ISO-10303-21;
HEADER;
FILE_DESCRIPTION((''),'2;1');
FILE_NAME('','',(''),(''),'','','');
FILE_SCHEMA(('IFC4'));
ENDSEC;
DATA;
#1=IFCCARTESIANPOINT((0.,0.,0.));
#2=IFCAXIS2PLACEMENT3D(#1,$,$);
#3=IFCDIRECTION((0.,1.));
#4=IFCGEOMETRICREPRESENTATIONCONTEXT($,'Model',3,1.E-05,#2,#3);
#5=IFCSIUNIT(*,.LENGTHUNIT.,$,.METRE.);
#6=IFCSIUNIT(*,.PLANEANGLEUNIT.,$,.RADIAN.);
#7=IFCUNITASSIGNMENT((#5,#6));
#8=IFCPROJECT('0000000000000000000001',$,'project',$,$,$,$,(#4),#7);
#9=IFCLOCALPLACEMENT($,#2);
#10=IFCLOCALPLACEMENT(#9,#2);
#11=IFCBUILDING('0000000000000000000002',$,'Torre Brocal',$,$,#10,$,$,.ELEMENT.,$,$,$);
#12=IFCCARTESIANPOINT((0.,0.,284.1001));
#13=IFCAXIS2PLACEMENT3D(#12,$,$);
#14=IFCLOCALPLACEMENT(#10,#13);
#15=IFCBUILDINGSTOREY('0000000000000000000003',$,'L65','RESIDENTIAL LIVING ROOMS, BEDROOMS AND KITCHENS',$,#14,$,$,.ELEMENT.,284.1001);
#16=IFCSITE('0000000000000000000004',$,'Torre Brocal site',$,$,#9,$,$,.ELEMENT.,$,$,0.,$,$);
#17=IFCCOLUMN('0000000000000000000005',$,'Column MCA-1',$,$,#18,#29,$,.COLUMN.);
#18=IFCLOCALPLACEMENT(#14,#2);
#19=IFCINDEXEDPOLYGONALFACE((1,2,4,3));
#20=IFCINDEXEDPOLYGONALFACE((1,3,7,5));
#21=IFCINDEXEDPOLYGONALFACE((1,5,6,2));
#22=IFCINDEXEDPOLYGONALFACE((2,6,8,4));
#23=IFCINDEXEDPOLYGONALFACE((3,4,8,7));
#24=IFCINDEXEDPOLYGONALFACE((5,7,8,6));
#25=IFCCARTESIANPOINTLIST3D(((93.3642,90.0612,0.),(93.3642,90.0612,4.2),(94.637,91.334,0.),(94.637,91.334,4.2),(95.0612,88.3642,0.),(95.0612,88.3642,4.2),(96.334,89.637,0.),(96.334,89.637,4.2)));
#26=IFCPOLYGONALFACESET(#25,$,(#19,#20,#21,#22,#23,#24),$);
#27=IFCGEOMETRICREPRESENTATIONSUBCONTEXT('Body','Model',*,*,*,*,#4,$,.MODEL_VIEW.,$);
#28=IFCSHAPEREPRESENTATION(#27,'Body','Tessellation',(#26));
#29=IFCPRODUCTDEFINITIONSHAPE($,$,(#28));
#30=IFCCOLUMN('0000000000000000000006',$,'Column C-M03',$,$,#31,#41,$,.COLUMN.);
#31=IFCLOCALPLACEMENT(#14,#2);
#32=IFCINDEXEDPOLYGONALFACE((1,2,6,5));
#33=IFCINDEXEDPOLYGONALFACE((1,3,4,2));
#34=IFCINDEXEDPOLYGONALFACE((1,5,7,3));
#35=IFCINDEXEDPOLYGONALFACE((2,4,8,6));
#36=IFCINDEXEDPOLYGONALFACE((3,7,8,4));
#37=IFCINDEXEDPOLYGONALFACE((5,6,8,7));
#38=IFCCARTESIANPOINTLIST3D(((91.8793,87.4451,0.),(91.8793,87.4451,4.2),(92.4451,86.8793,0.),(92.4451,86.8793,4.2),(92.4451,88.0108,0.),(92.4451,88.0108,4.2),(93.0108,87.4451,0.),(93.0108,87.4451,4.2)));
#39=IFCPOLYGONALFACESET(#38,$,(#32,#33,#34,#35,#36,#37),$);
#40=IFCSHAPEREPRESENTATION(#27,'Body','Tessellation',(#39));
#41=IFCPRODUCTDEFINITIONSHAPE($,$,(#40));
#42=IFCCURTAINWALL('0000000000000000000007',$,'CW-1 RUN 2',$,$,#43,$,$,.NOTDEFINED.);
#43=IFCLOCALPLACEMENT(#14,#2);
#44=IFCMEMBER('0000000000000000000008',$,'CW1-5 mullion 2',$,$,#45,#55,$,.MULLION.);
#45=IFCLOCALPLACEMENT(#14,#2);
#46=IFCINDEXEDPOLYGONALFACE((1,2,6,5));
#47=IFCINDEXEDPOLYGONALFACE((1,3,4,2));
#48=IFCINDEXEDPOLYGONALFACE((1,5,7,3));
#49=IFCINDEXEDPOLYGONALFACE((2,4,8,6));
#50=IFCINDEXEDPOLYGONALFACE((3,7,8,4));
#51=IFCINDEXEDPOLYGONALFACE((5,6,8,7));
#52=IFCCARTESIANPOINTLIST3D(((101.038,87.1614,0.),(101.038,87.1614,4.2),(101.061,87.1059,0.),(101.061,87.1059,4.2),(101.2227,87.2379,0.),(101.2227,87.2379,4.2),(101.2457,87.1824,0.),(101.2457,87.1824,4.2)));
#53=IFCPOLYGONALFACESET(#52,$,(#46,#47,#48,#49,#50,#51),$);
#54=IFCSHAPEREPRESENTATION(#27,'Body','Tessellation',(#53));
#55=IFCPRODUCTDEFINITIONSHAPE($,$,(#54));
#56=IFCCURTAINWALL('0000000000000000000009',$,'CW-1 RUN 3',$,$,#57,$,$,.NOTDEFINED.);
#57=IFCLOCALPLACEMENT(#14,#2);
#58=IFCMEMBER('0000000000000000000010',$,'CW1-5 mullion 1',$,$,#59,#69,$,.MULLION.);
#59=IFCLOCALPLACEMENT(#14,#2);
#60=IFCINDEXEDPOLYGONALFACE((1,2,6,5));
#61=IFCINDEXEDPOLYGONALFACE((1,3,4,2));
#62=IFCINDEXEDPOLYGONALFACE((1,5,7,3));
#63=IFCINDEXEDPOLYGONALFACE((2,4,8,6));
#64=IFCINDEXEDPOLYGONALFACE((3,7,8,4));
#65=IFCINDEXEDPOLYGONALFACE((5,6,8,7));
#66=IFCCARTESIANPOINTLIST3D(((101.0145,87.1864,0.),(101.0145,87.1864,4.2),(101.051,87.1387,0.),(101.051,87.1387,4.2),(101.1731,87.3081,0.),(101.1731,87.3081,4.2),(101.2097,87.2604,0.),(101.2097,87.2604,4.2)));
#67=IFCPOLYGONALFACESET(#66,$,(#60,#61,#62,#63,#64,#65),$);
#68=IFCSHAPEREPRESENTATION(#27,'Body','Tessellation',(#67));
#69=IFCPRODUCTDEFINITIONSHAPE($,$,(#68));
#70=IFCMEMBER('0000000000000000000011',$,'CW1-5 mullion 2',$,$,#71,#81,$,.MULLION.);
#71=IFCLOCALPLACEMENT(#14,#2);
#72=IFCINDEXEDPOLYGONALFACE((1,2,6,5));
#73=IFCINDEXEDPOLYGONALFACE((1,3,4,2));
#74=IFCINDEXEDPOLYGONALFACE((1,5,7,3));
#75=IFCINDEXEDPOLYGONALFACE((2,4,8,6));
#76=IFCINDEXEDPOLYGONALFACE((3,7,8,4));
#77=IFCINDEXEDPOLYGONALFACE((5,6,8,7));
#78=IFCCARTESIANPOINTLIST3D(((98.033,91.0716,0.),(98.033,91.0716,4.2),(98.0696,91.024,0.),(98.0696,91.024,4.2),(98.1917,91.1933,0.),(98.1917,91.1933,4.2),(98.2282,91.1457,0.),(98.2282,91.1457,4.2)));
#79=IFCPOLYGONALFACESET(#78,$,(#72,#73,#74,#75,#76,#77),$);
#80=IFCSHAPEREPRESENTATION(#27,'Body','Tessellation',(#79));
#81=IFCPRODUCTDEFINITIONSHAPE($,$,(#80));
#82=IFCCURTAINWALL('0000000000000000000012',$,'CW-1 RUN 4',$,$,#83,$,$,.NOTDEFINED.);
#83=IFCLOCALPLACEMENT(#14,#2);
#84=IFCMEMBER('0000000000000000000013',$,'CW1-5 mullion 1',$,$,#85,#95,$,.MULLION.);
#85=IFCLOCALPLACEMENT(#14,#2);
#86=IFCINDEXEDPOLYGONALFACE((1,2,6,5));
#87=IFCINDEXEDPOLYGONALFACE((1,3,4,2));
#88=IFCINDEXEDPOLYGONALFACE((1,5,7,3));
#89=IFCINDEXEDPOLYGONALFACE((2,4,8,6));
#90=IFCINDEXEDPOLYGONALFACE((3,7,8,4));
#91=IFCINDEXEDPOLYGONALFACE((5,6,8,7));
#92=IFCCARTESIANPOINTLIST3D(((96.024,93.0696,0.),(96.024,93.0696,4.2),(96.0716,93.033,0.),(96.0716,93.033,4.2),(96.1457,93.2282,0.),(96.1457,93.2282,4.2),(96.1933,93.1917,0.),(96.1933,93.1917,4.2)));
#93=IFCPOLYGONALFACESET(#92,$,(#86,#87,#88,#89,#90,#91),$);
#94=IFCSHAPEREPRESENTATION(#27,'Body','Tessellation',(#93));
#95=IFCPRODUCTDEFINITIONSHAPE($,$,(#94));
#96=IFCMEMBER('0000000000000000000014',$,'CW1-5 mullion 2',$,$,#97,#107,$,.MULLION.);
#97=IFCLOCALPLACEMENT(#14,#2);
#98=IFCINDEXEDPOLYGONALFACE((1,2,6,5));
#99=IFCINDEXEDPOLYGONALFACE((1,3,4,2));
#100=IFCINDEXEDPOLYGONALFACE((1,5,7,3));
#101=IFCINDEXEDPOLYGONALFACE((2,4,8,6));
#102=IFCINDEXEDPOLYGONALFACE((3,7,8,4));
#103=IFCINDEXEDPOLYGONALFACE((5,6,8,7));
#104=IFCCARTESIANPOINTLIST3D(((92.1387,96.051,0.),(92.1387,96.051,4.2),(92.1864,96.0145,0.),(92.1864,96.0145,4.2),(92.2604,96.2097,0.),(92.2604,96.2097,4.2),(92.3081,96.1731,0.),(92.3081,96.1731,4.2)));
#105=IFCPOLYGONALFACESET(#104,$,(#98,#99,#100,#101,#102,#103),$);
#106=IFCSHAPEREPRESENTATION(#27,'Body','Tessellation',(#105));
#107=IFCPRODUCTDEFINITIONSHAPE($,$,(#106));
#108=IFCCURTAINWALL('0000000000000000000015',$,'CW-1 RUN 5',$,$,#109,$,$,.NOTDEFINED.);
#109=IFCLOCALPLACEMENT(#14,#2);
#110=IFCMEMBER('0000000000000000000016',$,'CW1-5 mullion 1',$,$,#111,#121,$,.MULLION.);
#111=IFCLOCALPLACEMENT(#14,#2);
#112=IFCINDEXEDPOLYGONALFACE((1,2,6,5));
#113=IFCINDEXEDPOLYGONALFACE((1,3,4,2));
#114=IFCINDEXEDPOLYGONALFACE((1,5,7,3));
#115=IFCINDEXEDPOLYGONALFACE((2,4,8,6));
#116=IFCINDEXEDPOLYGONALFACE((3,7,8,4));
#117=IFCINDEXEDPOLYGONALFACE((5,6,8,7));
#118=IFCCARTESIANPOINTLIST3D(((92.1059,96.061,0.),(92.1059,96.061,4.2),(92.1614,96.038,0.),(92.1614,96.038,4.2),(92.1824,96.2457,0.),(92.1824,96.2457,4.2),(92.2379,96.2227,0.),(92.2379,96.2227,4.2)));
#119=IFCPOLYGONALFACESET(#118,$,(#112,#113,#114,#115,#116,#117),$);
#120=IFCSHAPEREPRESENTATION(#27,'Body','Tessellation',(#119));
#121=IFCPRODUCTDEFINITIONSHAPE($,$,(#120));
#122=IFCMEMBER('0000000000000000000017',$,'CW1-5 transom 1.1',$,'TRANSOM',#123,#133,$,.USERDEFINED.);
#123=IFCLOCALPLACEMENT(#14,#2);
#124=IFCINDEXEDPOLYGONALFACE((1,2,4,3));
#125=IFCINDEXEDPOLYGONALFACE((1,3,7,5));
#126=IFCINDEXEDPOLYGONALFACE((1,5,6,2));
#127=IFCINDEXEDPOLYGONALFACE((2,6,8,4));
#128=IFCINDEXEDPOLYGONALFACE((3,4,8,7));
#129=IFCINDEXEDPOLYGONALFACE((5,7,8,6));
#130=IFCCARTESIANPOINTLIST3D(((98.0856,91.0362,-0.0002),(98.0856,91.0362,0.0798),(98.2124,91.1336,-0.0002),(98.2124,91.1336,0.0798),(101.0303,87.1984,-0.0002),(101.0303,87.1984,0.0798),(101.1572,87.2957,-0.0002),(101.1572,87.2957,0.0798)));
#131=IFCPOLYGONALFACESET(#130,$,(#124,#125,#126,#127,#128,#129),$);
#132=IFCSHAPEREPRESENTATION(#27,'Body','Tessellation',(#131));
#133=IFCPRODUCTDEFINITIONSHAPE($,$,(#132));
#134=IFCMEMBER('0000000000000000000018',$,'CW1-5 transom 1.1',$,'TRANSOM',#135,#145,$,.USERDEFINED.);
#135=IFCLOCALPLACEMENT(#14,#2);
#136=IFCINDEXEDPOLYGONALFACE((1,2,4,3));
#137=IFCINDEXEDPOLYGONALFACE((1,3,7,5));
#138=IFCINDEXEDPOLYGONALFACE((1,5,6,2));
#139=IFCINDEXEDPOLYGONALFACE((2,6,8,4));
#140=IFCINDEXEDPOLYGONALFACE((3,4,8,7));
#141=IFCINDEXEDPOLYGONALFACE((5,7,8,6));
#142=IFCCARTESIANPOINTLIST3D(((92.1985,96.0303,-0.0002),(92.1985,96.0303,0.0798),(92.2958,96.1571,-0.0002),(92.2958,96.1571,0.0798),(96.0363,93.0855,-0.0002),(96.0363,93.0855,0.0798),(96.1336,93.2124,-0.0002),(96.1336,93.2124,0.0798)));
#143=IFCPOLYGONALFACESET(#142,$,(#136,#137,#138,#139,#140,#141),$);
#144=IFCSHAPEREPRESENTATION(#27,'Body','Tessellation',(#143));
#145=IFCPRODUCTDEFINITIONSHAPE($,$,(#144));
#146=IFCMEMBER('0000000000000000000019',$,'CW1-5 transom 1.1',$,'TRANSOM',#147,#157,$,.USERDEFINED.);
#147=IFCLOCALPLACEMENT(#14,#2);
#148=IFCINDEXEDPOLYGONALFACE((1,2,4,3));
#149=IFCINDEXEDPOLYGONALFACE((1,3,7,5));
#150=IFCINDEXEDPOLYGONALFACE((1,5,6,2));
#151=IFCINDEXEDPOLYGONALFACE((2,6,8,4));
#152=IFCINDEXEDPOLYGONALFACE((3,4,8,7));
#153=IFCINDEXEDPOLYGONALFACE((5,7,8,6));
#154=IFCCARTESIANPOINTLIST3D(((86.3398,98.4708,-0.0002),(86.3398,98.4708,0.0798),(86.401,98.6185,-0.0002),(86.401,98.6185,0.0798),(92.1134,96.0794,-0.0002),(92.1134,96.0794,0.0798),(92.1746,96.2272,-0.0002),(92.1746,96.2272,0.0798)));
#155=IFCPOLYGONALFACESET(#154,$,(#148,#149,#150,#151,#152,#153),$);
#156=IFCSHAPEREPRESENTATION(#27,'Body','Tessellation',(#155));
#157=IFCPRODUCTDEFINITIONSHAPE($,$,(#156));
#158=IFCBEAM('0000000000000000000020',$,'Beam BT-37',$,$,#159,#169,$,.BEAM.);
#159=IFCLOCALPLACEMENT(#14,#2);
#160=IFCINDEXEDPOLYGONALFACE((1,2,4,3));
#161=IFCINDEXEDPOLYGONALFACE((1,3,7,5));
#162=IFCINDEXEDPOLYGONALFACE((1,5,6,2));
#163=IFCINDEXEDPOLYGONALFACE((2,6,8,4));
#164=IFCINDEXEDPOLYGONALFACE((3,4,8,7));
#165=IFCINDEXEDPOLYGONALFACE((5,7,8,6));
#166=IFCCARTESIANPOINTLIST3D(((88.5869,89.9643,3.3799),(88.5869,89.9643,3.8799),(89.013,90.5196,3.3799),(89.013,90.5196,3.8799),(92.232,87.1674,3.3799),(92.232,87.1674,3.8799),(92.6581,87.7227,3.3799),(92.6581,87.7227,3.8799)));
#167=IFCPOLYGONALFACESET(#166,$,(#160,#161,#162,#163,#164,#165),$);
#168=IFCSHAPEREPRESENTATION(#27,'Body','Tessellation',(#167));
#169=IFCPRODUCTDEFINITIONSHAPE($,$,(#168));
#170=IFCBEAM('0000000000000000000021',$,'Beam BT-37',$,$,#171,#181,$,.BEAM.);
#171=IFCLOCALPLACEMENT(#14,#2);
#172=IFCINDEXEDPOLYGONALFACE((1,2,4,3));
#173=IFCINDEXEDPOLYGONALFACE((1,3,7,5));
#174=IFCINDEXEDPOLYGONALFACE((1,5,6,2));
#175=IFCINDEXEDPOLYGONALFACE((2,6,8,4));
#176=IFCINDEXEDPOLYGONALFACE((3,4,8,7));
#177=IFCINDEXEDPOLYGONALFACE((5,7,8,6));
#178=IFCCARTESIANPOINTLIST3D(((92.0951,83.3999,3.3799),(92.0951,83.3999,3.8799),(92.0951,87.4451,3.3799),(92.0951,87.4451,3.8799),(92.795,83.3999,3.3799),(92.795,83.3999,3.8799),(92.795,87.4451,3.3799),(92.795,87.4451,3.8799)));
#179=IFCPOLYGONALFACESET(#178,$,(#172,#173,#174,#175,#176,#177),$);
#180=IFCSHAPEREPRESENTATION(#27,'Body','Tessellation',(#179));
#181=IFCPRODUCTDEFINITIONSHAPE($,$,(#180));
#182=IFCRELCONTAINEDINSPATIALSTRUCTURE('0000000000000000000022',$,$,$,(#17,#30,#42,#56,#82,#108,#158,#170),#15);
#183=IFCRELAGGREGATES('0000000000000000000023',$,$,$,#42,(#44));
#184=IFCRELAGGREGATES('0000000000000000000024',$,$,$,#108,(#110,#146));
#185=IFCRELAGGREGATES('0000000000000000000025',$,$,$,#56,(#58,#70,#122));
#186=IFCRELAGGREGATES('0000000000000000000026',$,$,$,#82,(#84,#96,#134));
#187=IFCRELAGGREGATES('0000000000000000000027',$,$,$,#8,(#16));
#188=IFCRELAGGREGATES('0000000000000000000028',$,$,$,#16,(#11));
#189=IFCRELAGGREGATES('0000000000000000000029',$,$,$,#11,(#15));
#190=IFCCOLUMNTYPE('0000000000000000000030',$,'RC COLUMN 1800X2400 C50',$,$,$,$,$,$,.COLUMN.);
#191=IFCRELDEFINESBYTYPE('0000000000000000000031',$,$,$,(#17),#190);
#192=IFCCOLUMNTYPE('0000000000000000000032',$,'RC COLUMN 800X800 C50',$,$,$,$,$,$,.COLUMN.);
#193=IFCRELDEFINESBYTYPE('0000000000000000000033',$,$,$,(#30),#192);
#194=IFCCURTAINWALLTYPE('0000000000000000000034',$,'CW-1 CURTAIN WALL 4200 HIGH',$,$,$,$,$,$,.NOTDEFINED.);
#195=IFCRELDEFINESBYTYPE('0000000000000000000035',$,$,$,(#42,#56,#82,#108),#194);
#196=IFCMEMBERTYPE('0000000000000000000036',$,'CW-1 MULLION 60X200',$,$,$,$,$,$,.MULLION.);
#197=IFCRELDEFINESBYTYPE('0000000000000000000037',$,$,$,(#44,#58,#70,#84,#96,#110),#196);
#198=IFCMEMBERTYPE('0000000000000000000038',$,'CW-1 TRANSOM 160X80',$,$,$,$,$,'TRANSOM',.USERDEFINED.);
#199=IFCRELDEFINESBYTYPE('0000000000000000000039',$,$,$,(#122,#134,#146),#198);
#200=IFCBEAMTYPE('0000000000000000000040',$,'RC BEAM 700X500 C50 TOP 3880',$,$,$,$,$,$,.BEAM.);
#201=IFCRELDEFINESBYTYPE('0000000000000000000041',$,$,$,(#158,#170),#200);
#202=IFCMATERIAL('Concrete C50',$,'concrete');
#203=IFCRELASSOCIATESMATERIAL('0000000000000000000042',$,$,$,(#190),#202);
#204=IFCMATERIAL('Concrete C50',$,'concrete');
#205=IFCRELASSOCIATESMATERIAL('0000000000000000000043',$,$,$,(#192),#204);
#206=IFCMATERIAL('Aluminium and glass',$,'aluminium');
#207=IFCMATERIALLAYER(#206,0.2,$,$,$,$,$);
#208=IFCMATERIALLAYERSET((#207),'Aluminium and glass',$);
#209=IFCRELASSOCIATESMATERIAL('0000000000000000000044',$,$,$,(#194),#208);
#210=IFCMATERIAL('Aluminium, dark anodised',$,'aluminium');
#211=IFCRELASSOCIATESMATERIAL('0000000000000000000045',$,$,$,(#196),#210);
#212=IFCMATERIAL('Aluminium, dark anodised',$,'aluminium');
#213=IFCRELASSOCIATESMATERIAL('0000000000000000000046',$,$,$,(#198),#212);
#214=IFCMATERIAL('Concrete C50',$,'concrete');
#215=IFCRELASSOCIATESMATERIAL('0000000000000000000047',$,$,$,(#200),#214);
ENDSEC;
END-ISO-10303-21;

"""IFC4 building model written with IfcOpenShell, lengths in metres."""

from ifc_helpers import new_model, si_unit, direction, frame, origin, origin_2d, place, context, subcontext, project, spatial, rectangle, extrude, material, layer, layer_set, material_profile, profile_set, type_object, element, aggregate, save


model = new_model("IFC4")

# Units and contexts
model_context = context("Model", 3, precision=1e-05, world=origin(), true_north=direction((0.0, 1.0)))
body_context = subcontext(model_context, "Body", "Model", "MODEL_VIEW")
ifc_project = project(units=[si_unit("LENGTHUNIT", "METRE"), si_unit("PLANEANGLEUNIT", "RADIAN")], contexts=[model_context])

# Site, building, storey
site_placement = place(None, origin())
site = spatial("IfcSite", under=ifc_project, at=site_placement, Name="Torre Brocal site", CompositionType="ELEMENT", RefElevation=0.0)
building_placement = place(site_placement, origin())
building = spatial("IfcBuilding", under=site, at=building_placement, Name="Torre Brocal", CompositionType="ELEMENT")
storey_placement = place(building_placement, frame((0.0, 0.0, 284.1001)))
storey = spatial("IfcBuildingStorey", under=building, at=storey_placement, Name="L65", Description="RESIDENTIAL LIVING ROOMS, BEDROOMS AND KITCHENS", CompositionType="ELEMENT", Elevation=284.1001)

# Columns
ifc_material_1 = material(Name="Concrete C50", Category="concrete")
ifc_material_profile_1 = material_profile(ifc_material_1, rectangle(XDim=1.8, YDim=2.3999, at=origin_2d()), Name="RC 1800X2400")
ifc_profile_set_1 = profile_set([ifc_material_profile_1], Name="Concrete C50")
column_type_1 = type_object("IfcColumnType", Name="RC COLUMN 1800X2400 C50", PredefinedType="COLUMN", material=ifc_profile_set_1)
column_1_placement = place(storey_placement, frame((94.8491, 89.8491, 0.0), z_axis=(0.0, 0.0, 1.0), x_axis=(0.707107, 0.707107, 0.0)))
element("IfcColumn", 1, at=column_1_placement, inside=storey, type_object=column_type_1, Name="Column MCA-1", PredefinedType="COLUMN", context=body_context, shape_type="SweptSolid", body=[
    extrude(rectangle(XDim=1.8, YDim=2.3999, at=origin_2d()), origin(), (0.0, 0.0, 1.0), 4.2),
])
ifc_material_2 = material(Name="Concrete C50", Category="concrete")
ifc_material_profile_2 = material_profile(ifc_material_2, rectangle(XDim=0.8, YDim=0.8, at=origin_2d()), Name="RC 800X800")
ifc_profile_set_2 = profile_set([ifc_material_profile_2], Name="Concrete C50")
column_type_2 = type_object("IfcColumnType", Name="RC COLUMN 800X800 C50", PredefinedType="COLUMN", material=ifc_profile_set_2)
column_2_placement = place(storey_placement, frame((92.4451, 87.4451, 0.0), z_axis=(0.0, 0.0, 1.0), x_axis=(0.707107, 0.707107, 0.0)))
element("IfcColumn", 2, at=column_2_placement, inside=storey, type_object=column_type_2, Name="Column C-M03", PredefinedType="COLUMN", context=body_context, shape_type="SweptSolid", body=[
    extrude(rectangle(XDim=0.8, YDim=0.8, at=origin_2d()), origin(), (0.0, 0.0, 1.0), 4.2),
])

# Curtain wall, member
ifc_material_3 = material(Name="Aluminium and glass", Category="aluminium")
ifc_layer_1 = layer(ifc_material_3, 0.2)
ifc_layer_set_1 = layer_set([ifc_layer_1], Name="Aluminium and glass")
curtain_wall_type = type_object("IfcCurtainWallType", Name="CW-1 CURTAIN WALL 4200 HIGH", PredefinedType="NOTDEFINED", material=ifc_layer_set_1)
curtain_wall_1_placement = place(storey_placement, origin())
curtain_wall_1 = element("IfcCurtainWall", 3, at=curtain_wall_1_placement, inside=storey, type_object=curtain_wall_type, Name="CW-1 RUN 2", PredefinedType="NOTDEFINED")
ifc_material_4 = material(Name="Aluminium, dark anodised", Category="aluminium")
ifc_material_profile_3 = material_profile(ifc_material_4, rectangle(XDim=0.2, YDim=0.0601, at=origin_2d()), Name="CW-1 MULLION 60X200")
ifc_profile_set_3 = profile_set([ifc_material_profile_3], Name="Aluminium, dark anodised")
member_type_1 = type_object("IfcMemberType", Name="CW-1 MULLION 60X200", PredefinedType="MULLION", material=ifc_profile_set_3)
member_1_placement = place(storey_placement, frame((101.1418, 87.1719, 0.0), z_axis=(0.0, 0.0, 1.0), x_axis=(-0.92388, -0.382683, 0.0)))
member_1 = element("IfcMember", 4, at=member_1_placement, type_object=member_type_1, Name="CW1-5 mullion 2", PredefinedType="MULLION", context=body_context, shape_type="SweptSolid", body=[
    extrude(rectangle(XDim=0.2, YDim=0.0601, at=origin_2d()), origin(), (0.0, 0.0, 1.0), 4.2),
])
aggregate(curtain_wall_1, [member_1])

# Curtain walls, members
curtain_wall_2_placement = place(storey_placement, origin())
curtain_wall_2 = element("IfcCurtainWall", 5, at=curtain_wall_2_placement, inside=storey, type_object=curtain_wall_type, Name="CW-1 RUN 3", PredefinedType="NOTDEFINED")
member_2_placement = place(storey_placement, frame((101.1121, 87.2234, 0.0), z_axis=(0.0, 0.0, 1.0), x_axis=(-0.793353, -0.608761, 0.0)))
member_2 = element("IfcMember", 6, at=member_2_placement, type_object=member_type_1, Name="CW1-5 mullion 1", PredefinedType="MULLION", context=body_context, shape_type="SweptSolid", body=[
    extrude(rectangle(XDim=0.2, YDim=0.0601, at=origin_2d()), origin(), (0.0, 0.0, 1.0), 4.2),
])
member_3_placement = place(storey_placement, frame((98.1306, 91.1086, 0.0), z_axis=(0.0, 0.0, 1.0), x_axis=(-0.793353, -0.608761, 0.0)))
member_3 = element("IfcMember", 7, at=member_3_placement, type_object=member_type_1, Name="CW1-5 mullion 2", PredefinedType="MULLION", context=body_context, shape_type="SweptSolid", body=[
    extrude(rectangle(XDim=0.2, YDim=0.0601, at=origin_2d()), origin(), (0.0, 0.0, 1.0), 4.2),
])
curtain_wall_3_placement = place(storey_placement, origin())
curtain_wall_3 = element("IfcCurtainWall", 8, at=curtain_wall_3_placement, inside=storey, type_object=curtain_wall_type, Name="CW-1 RUN 4", PredefinedType="NOTDEFINED")
member_4_placement = place(storey_placement, frame((96.1086, 93.1306, 0.0), z_axis=(0.0, 0.0, 1.0), x_axis=(-0.608761, -0.793353, 0.0)))
member_4 = element("IfcMember", 9, at=member_4_placement, type_object=member_type_1, Name="CW1-5 mullion 1", PredefinedType="MULLION", context=body_context, shape_type="SweptSolid", body=[
    extrude(rectangle(XDim=0.2, YDim=0.0601, at=origin_2d()), origin(), (0.0, 0.0, 1.0), 4.2),
])
member_5_placement = place(storey_placement, frame((92.2234, 96.1121, 0.0), z_axis=(0.0, 0.0, 1.0), x_axis=(-0.608761, -0.793353, 0.0)))
member_5 = element("IfcMember", 10, at=member_5_placement, type_object=member_type_1, Name="CW1-5 mullion 2", PredefinedType="MULLION", context=body_context, shape_type="SweptSolid", body=[
    extrude(rectangle(XDim=0.2, YDim=0.0601, at=origin_2d()), origin(), (0.0, 0.0, 1.0), 4.2),
])

# Curtain wall, member
curtain_wall_4_placement = place(storey_placement, origin())
curtain_wall_4 = element("IfcCurtainWall", 11, at=curtain_wall_4_placement, inside=storey, type_object=curtain_wall_type, Name="CW-1 RUN 5", PredefinedType="NOTDEFINED")
member_6_placement = place(storey_placement, frame((92.1719, 96.1418, 0.0), z_axis=(0.0, 0.0, 1.0), x_axis=(-0.382683, -0.92388, 0.0)))
member_6 = element("IfcMember", 12, at=member_6_placement, type_object=member_type_1, Name="CW1-5 mullion 1", PredefinedType="MULLION", context=body_context, shape_type="SweptSolid", body=[
    extrude(rectangle(XDim=0.2, YDim=0.0601, at=origin_2d()), origin(), (0.0, 0.0, 1.0), 4.2),
])

# Members
ifc_material_5 = material(Name="Aluminium, dark anodised", Category="aluminium")
ifc_material_profile_4 = material_profile(ifc_material_5, rectangle(XDim=0.1599, YDim=0.0801, at=origin_2d()), Name="CW-1 TRANSOM 160X80")
ifc_profile_set_4 = profile_set([ifc_material_profile_4], Name="Aluminium, dark anodised")
member_type_2 = type_object("IfcMemberType", Name="CW-1 TRANSOM 160X80", ElementType="TRANSOM", PredefinedType="USERDEFINED", material=ifc_profile_set_4)
member_7_placement = place(storey_placement, frame((101.0938, 87.2471, 0.0398), z_axis=(-0.608749, 0.793363, 0.0), x_axis=(-0.793363, -0.608749, 0.0)))
member_7 = element("IfcMember", 13, at=member_7_placement, type_object=member_type_2, Name="CW1-5 transom 1.1", ObjectType="TRANSOM", PredefinedType="USERDEFINED", context=body_context, shape_type="SweptSolid", body=[
    extrude(rectangle(XDim=0.1599, YDim=0.0801, at=origin_2d()), origin(), (0.0, 0.0, 1.0), 4.8374),
])
member_8_placement = place(storey_placement, frame((96.085, 93.1489, 0.0398), z_axis=(-0.793363, 0.608749, 0.0), x_axis=(-0.608749, -0.793363, 0.0)))
member_8 = element("IfcMember", 14, at=member_8_placement, type_object=member_type_2, Name="CW1-5 transom 1.1", ObjectType="TRANSOM", PredefinedType="USERDEFINED", context=body_context, shape_type="SweptSolid", body=[
    extrude(rectangle(XDim=0.1599, YDim=0.0801, at=origin_2d()), origin(), (0.0, 0.0, 1.0), 4.8374),
])
member_9_placement = place(storey_placement, frame((92.144, 96.1533, 0.0398), z_axis=(-0.92389, 0.382659, 0.0), x_axis=(-0.382659, -0.92389, 0.0)))
member_9 = element("IfcMember", 15, at=member_9_placement, type_object=member_type_2, Name="CW1-5 transom 1.1", ObjectType="TRANSOM", PredefinedType="USERDEFINED", context=body_context, shape_type="SweptSolid", body=[
    extrude(rectangle(XDim=0.1599, YDim=0.0801, at=origin_2d()), origin(), (0.0, 0.0, 1.0), 6.2493),
])
aggregate(curtain_wall_4, [member_6, member_9])

# Beams
ifc_material_6 = material(Name="Concrete C50", Category="concrete")
ifc_material_profile_5 = material_profile(ifc_material_6, rectangle(XDim=0.7, YDim=0.5, at=origin_2d()), Name="RC 700X500")
ifc_profile_set_5 = profile_set([ifc_material_profile_5], Name="Concrete C50")
beam_type_1 = type_object("IfcBeamType", Name="RC BEAM 700X500 C50 TOP 3880", PredefinedType="BEAM", material=ifc_profile_set_5)
beam_1_placement = place(storey_placement, frame((92.4451, 87.4451, 3.6299), z_axis=(-0.793358, 0.608755, 0.0), x_axis=(-0.608755, -0.793358, 0.0)))
element("IfcBeam", 16, at=beam_1_placement, inside=storey, type_object=beam_type_1, Name="Beam BT-37", PredefinedType="BEAM", context=body_context, shape_type="SweptSolid", body=[
    extrude(rectangle(XDim=0.7, YDim=0.5, at=origin_2d()), origin(), (0.0, 0.0, 1.0), 4.5945),
])
beam_2_placement = place(storey_placement, frame((92.4451, 87.4451, 3.6299), z_axis=(0.0, -1.0, 0.0), x_axis=(1.0, 0.0, 0.0)))
element("IfcBeam", 17, at=beam_2_placement, inside=storey, type_object=beam_type_1, Name="Beam BT-37", PredefinedType="BEAM", context=body_context, shape_type="SweptSolid", body=[
    extrude(rectangle(XDim=0.7, YDim=0.5, at=origin_2d()), origin(), (0.0, 0.0, 1.0), 4.0452),
])

aggregate(curtain_wall_2, [member_2, member_3, member_7])
aggregate(curtain_wall_3, [member_4, member_5, member_8])

save(model, "model.ifc")
